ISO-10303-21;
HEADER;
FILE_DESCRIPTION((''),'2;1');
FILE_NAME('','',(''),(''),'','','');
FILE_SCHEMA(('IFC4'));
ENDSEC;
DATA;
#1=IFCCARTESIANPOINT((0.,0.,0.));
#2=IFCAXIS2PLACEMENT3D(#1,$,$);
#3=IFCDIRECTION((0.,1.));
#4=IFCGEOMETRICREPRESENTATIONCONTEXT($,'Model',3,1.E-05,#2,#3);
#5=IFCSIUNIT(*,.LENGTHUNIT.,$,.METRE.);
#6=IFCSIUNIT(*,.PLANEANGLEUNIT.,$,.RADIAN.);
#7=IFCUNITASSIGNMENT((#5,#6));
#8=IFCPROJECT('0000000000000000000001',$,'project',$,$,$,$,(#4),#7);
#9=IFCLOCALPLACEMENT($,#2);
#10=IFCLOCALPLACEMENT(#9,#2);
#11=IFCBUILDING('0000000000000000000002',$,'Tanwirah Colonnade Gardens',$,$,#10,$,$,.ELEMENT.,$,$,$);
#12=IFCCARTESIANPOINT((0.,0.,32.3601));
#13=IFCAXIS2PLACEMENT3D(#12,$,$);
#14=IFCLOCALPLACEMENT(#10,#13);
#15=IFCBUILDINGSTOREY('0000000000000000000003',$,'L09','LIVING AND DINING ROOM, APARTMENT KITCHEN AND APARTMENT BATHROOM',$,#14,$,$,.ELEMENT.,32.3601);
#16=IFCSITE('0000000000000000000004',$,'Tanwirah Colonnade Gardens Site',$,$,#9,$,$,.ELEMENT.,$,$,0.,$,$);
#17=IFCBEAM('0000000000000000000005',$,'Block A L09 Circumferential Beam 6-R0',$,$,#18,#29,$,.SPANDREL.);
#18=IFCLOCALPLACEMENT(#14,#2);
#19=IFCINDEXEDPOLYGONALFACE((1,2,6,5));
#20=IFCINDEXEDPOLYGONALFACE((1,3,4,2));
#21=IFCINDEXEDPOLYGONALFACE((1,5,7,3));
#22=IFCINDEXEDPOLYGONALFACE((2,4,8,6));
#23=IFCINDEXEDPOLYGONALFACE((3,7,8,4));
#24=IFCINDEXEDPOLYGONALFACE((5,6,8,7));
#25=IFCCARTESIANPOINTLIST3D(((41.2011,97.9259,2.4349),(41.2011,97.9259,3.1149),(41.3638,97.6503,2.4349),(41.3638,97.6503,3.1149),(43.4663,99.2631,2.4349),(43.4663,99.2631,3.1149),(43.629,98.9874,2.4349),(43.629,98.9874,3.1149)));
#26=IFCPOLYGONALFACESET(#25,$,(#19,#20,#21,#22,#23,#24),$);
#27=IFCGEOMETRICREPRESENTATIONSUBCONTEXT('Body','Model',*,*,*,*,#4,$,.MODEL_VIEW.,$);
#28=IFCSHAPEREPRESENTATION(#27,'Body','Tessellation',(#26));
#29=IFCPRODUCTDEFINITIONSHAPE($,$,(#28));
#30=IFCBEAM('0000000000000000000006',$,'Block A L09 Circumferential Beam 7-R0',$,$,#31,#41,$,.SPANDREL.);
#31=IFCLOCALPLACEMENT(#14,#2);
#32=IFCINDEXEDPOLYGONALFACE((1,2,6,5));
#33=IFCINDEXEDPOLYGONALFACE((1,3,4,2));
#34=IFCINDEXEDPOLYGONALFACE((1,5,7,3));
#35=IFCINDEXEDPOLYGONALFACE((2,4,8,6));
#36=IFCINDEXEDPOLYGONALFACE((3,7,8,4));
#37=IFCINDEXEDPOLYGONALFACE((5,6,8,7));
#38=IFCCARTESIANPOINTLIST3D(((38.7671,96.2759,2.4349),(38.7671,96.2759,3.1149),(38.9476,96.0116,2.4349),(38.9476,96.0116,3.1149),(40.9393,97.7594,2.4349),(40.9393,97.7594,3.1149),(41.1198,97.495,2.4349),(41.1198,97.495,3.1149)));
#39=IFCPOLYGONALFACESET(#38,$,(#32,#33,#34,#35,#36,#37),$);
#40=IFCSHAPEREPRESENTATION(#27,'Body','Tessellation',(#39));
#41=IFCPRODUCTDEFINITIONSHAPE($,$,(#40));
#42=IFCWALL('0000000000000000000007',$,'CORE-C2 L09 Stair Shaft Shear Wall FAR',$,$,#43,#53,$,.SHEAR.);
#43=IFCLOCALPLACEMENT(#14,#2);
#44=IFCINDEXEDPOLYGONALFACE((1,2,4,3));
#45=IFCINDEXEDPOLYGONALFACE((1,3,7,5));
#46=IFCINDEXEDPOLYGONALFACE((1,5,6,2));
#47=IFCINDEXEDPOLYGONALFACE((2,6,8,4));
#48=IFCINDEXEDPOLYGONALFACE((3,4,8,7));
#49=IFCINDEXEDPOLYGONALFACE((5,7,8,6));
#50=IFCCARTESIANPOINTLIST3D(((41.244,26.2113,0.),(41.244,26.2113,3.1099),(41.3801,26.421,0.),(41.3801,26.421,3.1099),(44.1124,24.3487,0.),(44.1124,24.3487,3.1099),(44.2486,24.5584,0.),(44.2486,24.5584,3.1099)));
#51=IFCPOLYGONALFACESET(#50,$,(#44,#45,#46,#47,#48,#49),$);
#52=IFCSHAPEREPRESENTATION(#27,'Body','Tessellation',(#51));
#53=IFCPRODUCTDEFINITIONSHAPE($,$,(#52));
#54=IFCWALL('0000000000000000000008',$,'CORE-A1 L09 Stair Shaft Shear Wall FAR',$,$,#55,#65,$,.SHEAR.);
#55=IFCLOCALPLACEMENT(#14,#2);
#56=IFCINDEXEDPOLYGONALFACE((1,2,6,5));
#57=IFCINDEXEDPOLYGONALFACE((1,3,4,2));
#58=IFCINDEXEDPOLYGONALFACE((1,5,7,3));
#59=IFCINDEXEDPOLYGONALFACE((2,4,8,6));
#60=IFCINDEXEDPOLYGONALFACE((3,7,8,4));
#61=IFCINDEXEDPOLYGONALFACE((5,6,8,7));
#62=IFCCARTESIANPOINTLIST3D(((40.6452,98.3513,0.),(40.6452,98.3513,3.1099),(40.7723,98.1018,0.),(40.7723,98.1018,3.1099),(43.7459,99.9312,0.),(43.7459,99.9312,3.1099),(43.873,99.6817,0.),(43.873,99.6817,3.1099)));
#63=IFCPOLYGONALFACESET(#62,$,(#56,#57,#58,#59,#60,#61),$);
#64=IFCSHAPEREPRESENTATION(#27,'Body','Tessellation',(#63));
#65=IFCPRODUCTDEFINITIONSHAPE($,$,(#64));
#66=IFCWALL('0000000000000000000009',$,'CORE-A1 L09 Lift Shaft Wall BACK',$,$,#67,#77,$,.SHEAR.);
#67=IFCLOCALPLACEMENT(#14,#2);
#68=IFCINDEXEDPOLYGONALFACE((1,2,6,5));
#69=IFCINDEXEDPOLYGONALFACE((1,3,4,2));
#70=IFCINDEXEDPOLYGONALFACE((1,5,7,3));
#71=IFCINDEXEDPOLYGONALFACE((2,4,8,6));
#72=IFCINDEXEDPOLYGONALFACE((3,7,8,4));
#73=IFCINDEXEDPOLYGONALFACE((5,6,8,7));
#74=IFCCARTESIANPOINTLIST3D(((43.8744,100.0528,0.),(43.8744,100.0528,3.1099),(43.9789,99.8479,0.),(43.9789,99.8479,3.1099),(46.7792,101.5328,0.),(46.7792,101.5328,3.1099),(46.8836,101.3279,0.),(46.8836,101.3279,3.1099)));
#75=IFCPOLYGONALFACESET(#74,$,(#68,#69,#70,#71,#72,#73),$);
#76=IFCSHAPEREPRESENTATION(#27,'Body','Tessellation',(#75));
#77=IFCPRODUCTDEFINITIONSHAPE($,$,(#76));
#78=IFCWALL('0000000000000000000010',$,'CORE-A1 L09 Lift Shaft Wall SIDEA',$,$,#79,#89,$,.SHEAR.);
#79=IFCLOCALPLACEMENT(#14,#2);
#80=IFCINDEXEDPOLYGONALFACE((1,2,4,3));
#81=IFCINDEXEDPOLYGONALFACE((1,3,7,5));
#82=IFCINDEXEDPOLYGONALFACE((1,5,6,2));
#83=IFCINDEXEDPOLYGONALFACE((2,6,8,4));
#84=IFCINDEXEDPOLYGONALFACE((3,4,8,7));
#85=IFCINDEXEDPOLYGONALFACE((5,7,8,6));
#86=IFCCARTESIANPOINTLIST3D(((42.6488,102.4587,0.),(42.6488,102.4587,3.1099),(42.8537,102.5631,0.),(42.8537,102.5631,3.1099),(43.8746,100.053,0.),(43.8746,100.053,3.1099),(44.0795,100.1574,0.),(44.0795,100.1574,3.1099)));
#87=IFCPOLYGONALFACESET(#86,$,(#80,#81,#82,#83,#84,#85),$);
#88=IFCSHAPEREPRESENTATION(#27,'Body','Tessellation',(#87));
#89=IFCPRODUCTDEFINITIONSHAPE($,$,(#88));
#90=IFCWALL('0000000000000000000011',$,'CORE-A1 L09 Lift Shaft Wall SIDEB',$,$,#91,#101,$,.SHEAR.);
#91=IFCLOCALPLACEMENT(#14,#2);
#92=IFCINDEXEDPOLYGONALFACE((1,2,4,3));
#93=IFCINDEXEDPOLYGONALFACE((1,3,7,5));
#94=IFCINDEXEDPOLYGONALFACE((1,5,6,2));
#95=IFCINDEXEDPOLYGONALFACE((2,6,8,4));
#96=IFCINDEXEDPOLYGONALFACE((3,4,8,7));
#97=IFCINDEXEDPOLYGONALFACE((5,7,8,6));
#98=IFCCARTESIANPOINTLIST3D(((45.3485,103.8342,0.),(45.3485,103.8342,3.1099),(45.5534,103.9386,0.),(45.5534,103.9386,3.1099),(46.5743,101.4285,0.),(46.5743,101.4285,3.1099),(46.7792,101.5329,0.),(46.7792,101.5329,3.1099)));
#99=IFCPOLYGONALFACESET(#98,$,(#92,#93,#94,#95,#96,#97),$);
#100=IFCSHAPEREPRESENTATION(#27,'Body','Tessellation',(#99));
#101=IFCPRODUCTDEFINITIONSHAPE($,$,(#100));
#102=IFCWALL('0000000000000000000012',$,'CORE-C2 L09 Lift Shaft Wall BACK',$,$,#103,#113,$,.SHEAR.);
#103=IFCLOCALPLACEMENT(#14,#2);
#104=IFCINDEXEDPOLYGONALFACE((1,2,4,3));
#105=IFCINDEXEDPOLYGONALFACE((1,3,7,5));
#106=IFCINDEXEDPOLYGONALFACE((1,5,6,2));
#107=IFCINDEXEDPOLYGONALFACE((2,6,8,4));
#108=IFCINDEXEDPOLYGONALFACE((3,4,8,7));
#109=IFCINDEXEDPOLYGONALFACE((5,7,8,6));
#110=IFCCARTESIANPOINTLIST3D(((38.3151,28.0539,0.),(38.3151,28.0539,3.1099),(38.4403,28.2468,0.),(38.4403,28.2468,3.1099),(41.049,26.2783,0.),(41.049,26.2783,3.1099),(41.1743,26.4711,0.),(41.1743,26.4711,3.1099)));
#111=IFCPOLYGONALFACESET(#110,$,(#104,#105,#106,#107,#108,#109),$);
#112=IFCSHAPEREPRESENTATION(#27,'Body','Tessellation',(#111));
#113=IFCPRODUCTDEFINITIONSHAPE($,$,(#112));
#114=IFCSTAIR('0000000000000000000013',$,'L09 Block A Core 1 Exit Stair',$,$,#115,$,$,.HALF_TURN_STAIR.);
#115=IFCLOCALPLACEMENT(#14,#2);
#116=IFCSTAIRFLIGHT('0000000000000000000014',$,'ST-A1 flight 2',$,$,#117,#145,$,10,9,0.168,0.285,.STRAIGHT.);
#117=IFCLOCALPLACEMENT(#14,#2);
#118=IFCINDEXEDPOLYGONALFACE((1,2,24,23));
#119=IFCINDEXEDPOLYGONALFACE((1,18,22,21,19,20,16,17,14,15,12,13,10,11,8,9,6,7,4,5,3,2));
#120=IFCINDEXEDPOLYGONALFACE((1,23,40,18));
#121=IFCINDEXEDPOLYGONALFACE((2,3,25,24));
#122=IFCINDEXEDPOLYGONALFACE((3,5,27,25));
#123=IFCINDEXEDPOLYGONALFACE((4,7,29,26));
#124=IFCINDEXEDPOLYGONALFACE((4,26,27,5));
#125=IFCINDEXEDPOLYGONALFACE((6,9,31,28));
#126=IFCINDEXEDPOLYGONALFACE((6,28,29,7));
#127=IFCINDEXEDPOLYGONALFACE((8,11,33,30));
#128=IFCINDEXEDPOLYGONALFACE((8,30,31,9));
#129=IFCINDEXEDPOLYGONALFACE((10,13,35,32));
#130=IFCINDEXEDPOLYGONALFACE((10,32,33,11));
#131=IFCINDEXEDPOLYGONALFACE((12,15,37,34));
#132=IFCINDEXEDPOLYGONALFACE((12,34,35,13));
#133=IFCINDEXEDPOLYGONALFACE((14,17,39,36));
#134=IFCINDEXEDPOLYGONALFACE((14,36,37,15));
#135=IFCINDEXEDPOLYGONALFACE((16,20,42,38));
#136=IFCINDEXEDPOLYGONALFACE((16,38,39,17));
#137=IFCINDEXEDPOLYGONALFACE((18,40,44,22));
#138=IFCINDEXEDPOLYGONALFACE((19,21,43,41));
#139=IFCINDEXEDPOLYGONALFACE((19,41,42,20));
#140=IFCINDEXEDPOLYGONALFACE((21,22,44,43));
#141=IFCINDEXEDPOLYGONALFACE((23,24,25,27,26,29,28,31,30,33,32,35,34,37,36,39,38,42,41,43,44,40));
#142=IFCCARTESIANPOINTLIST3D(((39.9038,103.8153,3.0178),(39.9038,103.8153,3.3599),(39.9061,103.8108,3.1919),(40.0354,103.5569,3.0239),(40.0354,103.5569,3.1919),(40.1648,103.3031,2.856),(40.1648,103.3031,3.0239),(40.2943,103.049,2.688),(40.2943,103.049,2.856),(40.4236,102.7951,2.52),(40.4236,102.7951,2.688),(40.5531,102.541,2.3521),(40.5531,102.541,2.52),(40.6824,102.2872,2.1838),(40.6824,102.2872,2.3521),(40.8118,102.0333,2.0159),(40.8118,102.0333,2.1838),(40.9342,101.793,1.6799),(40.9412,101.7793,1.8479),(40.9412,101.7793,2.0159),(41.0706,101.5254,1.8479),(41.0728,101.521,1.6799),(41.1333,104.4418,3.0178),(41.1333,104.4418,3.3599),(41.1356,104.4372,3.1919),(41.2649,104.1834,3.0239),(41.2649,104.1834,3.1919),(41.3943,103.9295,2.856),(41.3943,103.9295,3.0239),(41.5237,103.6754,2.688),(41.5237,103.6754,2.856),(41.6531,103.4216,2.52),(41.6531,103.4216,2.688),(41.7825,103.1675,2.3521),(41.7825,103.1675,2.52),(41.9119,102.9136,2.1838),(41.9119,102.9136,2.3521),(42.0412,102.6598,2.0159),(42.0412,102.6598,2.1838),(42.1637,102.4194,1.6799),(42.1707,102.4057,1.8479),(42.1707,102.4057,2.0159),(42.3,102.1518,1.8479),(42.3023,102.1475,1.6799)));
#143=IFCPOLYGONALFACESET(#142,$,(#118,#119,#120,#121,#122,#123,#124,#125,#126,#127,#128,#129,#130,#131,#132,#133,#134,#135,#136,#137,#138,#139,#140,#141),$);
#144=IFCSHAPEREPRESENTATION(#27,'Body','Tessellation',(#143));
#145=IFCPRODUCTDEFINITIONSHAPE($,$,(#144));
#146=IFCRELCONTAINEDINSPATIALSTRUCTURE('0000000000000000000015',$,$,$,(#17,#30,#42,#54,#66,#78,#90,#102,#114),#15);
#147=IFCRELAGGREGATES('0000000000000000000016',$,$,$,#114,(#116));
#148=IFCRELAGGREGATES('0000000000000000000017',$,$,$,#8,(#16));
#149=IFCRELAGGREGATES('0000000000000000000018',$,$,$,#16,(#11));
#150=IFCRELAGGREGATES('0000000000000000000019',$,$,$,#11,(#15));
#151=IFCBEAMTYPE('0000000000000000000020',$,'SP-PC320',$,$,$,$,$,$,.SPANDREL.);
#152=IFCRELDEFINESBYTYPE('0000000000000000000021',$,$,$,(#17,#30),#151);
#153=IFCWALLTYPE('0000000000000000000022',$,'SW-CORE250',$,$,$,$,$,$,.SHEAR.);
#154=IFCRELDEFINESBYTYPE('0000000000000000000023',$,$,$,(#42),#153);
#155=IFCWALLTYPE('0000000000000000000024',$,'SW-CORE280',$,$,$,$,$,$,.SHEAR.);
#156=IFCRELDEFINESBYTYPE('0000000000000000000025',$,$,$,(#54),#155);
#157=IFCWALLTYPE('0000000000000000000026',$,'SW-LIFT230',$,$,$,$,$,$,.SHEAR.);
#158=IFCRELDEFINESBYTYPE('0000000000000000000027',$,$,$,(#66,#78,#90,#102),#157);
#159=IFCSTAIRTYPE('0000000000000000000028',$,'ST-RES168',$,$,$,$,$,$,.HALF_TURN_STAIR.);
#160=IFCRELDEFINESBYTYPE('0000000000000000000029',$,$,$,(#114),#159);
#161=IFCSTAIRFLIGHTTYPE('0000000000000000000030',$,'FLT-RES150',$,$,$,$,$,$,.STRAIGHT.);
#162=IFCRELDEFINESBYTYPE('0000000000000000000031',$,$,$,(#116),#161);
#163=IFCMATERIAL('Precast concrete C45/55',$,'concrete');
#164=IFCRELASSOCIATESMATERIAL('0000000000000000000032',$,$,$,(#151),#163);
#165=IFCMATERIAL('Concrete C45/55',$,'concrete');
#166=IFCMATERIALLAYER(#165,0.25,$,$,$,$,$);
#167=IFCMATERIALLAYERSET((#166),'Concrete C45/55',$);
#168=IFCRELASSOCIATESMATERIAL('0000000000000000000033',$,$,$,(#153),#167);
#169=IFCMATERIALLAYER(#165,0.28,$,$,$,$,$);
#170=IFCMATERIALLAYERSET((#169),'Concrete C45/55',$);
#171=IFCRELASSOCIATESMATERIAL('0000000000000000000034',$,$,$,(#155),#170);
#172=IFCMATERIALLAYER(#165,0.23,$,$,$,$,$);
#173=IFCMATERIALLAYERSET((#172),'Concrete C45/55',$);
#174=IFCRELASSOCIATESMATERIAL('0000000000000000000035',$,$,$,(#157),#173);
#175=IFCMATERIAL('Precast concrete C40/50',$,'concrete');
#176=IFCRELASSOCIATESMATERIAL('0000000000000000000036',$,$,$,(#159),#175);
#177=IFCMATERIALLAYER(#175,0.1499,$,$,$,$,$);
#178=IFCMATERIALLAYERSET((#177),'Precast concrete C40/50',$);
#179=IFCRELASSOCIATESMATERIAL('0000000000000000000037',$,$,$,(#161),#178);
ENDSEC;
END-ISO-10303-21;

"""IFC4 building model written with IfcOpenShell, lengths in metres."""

from ifc_helpers import new_model, si_unit, direction, frame, frame_2d, origin, origin_2d, place, context, subcontext, project, spatial, polyline, rectangle, outline, extrude, material, layer, layer_set, material_profile, profile_set, type_object, element, aggregate, save


model = new_model("IFC4")

# Units and contexts
model_context = context("Model", 3, precision=1e-05, world=origin(), true_north=direction((0.0, 1.0)))
body_context = subcontext(model_context, "Body", "Model", "MODEL_VIEW")
ifc_project = project(units=[si_unit("LENGTHUNIT", "METRE"), si_unit("PLANEANGLEUNIT", "RADIAN")], contexts=[model_context])

# Site, building, storey
site_placement = place(None, origin())
site = spatial("IfcSite", under=ifc_project, at=site_placement, Name="Tanwirah Colonnade Gardens Site", CompositionType="ELEMENT", RefElevation=0.0)
building_placement = place(site_placement, origin())
building = spatial("IfcBuilding", under=site, at=building_placement, Name="Tanwirah Colonnade Gardens", CompositionType="ELEMENT")
storey_placement = place(building_placement, frame((0.0, 0.0, 32.3601)))
storey = spatial("IfcBuildingStorey", under=building, at=storey_placement, Name="L09", Description="LIVING AND DINING ROOM, APARTMENT KITCHEN AND APARTMENT BATHROOM", CompositionType="ELEMENT", Elevation=32.3601)

# Shared definitions
ifc_material_1 = material(Name="Precast concrete C40/50", Category="concrete")

# Beams
ifc_material_2 = material(Name="Precast concrete C45/55", Category="concrete")
ifc_material_profile_1 = material_profile(ifc_material_2, rectangle(XDim=0.3201, YDim=0.6799, at=origin_2d()), Name="PC-SP 320x680")
ifc_profile_set_1 = profile_set([ifc_material_profile_1], Name="Precast concrete C45/55")
beam_type_1 = type_object("IfcBeamType", Name="SP-PC320", PredefinedType="SPANDREL", material=ifc_profile_set_1)
for number, where, z_axis, x_axis, name in (
    (1, (43.5476, 99.1252, 2.7749), (-0.861148, -0.508354, 0.0), (0.508354, -0.861148, 0.0), "Block A L09 Circumferential Beam 6-R0"),
    (2, (41.0295, 97.6272, 2.7749), (-0.825801, -0.563962, 0.0), (0.563962, -0.825801, 0.0), "Block A L09 Circumferential Beam 7-R0"),
):
    element("IfcBeam", number, at=place(storey_placement, frame(where, z_axis=z_axis, x_axis=x_axis)), inside=storey, type_object=beam_type_1, Name=name, PredefinedType="SPANDREL", context=body_context, shape_type="SweptSolid", body=[
        extrude(rectangle(XDim=0.3201, YDim=0.6799, at=origin_2d()), origin(), (0.0, 0.0, 1.0), 2.6304),
    ])

# Walls
ifc_material_3 = material(Name="Concrete C45/55", Category="concrete")
ifc_layer_1 = layer(ifc_material_3, 0.25)
ifc_layer_set_1 = layer_set([ifc_layer_1], Name="Concrete C45/55")
wall_type_1 = type_object("IfcWallType", Name="SW-CORE250", PredefinedType="SHEAR", material=ifc_layer_set_1)
wall_1_placement = place(storey_placement, frame((44.1804, 24.4536, 0.0), z_axis=(0.0, 0.0, 1.0), x_axis=(-0.8387, 0.544594, 0.0)))
element("IfcWall", 3, at=wall_1_placement, inside=storey, type_object=wall_type_1, Name="CORE-C2 L09 Stair Shaft Shear Wall FAR", PredefinedType="SHEAR", context=body_context, shape_type="SweptSolid", body=[
    extrude(rectangle(XDim=3.4202, YDim=0.25, at=frame_2d((1.71, 0.0))), origin(), (0.0, 0.0, 1.0), 3.1099),
])
ifc_layer_2 = layer(ifc_material_3, 0.28)
ifc_layer_set_2 = layer_set([ifc_layer_2], Name="Concrete C45/55")
wall_type_2 = type_object("IfcWallType", Name="SW-CORE280", PredefinedType="SHEAR", material=ifc_layer_set_2)
wall_2_placement = place(storey_placement, frame((40.7087, 98.2266, 0.0), z_axis=(0.0, 0.0, 1.0), x_axis=(0.891006, 0.453992, 0.0)))
element("IfcWall", 4, at=wall_2_placement, inside=storey, type_object=wall_type_2, Name="CORE-A1 L09 Stair Shaft Shear Wall FAR", PredefinedType="SHEAR", context=body_context, shape_type="SweptSolid", body=[
    extrude(rectangle(XDim=3.48, YDim=0.28, at=frame_2d((1.74, 0.0))), origin(), (0.0, 0.0, 1.0), 3.1099),
])

# Shared definitions
ifc_layer_3 = layer(ifc_material_3, 0.23)
ifc_layer_set_3 = layer_set([ifc_layer_3], Name="Concrete C45/55")
wall_type_3 = type_object("IfcWallType", Name="SW-LIFT230", PredefinedType="SHEAR", material=ifc_layer_set_3)

# Walls
wall_3_placement = place(storey_placement, frame((43.9268, 99.9504, 0.0), z_axis=(0.0, 0.0, 1.0), x_axis=(0.891017, 0.453971, 0.0)))
element("IfcWall", 5, at=wall_3_placement, inside=storey, type_object=wall_type_3, Name="CORE-A1 L09 Lift Shaft Wall BACK", PredefinedType="SHEAR", context=body_context, shape_type="SweptSolid", body=[
    extrude(rectangle(XDim=3.26, YDim=0.23, at=frame_2d((1.6299, 0.0))), origin(), (0.0, 0.0, 1.0), 3.1099),
])
for number, where, z_axis, x_axis, name in (
    (6, (42.7512, 102.511, 0.0), (0.0, 0.0, 1.0), (0.454, -0.891002, 0.0), "CORE-A1 L09 Lift Shaft Wall SIDEA"),
    (7, (45.4509, 103.8865, 0.0), (0.0, 0.0, 1.0), (0.454, -0.891002, 0.0), "CORE-A1 L09 Lift Shaft Wall SIDEB"),
):
    element("IfcWall", number, at=place(storey_placement, frame(where, z_axis=z_axis, x_axis=x_axis)), inside=storey, type_object=wall_type_3, Name=name, PredefinedType="SHEAR", context=body_context, shape_type="SweptSolid", body=[
        extrude(rectangle(XDim=2.7, YDim=0.23, at=frame_2d((1.3501, 0.0))), origin(), (0.0, 0.0, 1.0), 3.1099),
    ])
wall_4_placement = place(storey_placement, frame((41.1116, 26.3748, 0.0), z_axis=(0.0, 0.0, 1.0), x_axis=(-0.838639, 0.544688, 0.0)))
element("IfcWall", 8, at=wall_4_placement, inside=storey, type_object=wall_type_3, Name="CORE-C2 L09 Lift Shaft Wall BACK", PredefinedType="SHEAR", context=body_context, shape_type="SweptSolid", body=[
    extrude(rectangle(XDim=3.26, YDim=0.23, at=frame_2d((1.6299, 0.0))), origin(), (0.0, 0.0, 1.0), 3.1099),
])

# Stair, stair flight
stair_type = type_object("IfcStairType", Name="ST-RES168", PredefinedType="HALF_TURN_STAIR", material=ifc_material_1)
stair_placement = place(storey_placement, origin())
stair = element("IfcStair", 9, at=stair_placement, inside=storey, type_object=stair_type, Name="L09 Block A Core 1 Exit Stair", PredefinedType="HALF_TURN_STAIR")
ifc_layer_4 = layer(ifc_material_1, 0.1499)
ifc_layer_set_4 = layer_set([ifc_layer_4], Name="Precast concrete C40/50")
stair_flight_type = type_object("IfcStairFlightType", Name="FLT-RES150", PredefinedType="STRAIGHT", material=ifc_layer_set_4)
stair_flight_placement = place(storey_placement, frame((41.6853, 101.8386, 1.6799), z_axis=(0.0, 0.0, 1.0), x_axis=(-0.45399, 0.891007, 0.0)))
stair_flight = element("IfcStairFlight", 10, at=stair_flight_placement, type_object=stair_flight_type, Name="ST-A1 flight 2", NumberOfRisers=10, NumberOfTreads=9, PredefinedType="STRAIGHT", RiserHeight=0.168, TreadLength=0.285, context=body_context, shape_type="SweptSolid", body=[
    extrude(outline(polyline([(-0.0049, 0.0), (0.0, 0.168), (0.2849, 0.168), (0.2849, 0.3359), (0.5701, 0.3359), (0.5701, 0.5039), (0.855, 0.5039), (0.855, 0.6721), (1.1399, 0.6721), (1.1399, 0.8401), (1.425, 0.8401), (1.425, 1.0081), (1.71, 1.0081), (1.71, 1.176), (1.9951, 1.176), (1.9951, 1.344), (2.28, 1.344), (2.28, 1.512), (2.5649, 1.512), (2.5701, 1.6799), (2.5701, 1.3379), (0.3003, 0.0), (-0.0049, 0.0)])), frame((0.0, 0.6899, 0.0), z_axis=(0.0, -1.0, 0.0), x_axis=(1.0, 0.0, 0.0)), (0.0, 0.0, 1.0), 1.3799),
])
aggregate(stair, [stair_flight])

save(model, "model.ifc")
